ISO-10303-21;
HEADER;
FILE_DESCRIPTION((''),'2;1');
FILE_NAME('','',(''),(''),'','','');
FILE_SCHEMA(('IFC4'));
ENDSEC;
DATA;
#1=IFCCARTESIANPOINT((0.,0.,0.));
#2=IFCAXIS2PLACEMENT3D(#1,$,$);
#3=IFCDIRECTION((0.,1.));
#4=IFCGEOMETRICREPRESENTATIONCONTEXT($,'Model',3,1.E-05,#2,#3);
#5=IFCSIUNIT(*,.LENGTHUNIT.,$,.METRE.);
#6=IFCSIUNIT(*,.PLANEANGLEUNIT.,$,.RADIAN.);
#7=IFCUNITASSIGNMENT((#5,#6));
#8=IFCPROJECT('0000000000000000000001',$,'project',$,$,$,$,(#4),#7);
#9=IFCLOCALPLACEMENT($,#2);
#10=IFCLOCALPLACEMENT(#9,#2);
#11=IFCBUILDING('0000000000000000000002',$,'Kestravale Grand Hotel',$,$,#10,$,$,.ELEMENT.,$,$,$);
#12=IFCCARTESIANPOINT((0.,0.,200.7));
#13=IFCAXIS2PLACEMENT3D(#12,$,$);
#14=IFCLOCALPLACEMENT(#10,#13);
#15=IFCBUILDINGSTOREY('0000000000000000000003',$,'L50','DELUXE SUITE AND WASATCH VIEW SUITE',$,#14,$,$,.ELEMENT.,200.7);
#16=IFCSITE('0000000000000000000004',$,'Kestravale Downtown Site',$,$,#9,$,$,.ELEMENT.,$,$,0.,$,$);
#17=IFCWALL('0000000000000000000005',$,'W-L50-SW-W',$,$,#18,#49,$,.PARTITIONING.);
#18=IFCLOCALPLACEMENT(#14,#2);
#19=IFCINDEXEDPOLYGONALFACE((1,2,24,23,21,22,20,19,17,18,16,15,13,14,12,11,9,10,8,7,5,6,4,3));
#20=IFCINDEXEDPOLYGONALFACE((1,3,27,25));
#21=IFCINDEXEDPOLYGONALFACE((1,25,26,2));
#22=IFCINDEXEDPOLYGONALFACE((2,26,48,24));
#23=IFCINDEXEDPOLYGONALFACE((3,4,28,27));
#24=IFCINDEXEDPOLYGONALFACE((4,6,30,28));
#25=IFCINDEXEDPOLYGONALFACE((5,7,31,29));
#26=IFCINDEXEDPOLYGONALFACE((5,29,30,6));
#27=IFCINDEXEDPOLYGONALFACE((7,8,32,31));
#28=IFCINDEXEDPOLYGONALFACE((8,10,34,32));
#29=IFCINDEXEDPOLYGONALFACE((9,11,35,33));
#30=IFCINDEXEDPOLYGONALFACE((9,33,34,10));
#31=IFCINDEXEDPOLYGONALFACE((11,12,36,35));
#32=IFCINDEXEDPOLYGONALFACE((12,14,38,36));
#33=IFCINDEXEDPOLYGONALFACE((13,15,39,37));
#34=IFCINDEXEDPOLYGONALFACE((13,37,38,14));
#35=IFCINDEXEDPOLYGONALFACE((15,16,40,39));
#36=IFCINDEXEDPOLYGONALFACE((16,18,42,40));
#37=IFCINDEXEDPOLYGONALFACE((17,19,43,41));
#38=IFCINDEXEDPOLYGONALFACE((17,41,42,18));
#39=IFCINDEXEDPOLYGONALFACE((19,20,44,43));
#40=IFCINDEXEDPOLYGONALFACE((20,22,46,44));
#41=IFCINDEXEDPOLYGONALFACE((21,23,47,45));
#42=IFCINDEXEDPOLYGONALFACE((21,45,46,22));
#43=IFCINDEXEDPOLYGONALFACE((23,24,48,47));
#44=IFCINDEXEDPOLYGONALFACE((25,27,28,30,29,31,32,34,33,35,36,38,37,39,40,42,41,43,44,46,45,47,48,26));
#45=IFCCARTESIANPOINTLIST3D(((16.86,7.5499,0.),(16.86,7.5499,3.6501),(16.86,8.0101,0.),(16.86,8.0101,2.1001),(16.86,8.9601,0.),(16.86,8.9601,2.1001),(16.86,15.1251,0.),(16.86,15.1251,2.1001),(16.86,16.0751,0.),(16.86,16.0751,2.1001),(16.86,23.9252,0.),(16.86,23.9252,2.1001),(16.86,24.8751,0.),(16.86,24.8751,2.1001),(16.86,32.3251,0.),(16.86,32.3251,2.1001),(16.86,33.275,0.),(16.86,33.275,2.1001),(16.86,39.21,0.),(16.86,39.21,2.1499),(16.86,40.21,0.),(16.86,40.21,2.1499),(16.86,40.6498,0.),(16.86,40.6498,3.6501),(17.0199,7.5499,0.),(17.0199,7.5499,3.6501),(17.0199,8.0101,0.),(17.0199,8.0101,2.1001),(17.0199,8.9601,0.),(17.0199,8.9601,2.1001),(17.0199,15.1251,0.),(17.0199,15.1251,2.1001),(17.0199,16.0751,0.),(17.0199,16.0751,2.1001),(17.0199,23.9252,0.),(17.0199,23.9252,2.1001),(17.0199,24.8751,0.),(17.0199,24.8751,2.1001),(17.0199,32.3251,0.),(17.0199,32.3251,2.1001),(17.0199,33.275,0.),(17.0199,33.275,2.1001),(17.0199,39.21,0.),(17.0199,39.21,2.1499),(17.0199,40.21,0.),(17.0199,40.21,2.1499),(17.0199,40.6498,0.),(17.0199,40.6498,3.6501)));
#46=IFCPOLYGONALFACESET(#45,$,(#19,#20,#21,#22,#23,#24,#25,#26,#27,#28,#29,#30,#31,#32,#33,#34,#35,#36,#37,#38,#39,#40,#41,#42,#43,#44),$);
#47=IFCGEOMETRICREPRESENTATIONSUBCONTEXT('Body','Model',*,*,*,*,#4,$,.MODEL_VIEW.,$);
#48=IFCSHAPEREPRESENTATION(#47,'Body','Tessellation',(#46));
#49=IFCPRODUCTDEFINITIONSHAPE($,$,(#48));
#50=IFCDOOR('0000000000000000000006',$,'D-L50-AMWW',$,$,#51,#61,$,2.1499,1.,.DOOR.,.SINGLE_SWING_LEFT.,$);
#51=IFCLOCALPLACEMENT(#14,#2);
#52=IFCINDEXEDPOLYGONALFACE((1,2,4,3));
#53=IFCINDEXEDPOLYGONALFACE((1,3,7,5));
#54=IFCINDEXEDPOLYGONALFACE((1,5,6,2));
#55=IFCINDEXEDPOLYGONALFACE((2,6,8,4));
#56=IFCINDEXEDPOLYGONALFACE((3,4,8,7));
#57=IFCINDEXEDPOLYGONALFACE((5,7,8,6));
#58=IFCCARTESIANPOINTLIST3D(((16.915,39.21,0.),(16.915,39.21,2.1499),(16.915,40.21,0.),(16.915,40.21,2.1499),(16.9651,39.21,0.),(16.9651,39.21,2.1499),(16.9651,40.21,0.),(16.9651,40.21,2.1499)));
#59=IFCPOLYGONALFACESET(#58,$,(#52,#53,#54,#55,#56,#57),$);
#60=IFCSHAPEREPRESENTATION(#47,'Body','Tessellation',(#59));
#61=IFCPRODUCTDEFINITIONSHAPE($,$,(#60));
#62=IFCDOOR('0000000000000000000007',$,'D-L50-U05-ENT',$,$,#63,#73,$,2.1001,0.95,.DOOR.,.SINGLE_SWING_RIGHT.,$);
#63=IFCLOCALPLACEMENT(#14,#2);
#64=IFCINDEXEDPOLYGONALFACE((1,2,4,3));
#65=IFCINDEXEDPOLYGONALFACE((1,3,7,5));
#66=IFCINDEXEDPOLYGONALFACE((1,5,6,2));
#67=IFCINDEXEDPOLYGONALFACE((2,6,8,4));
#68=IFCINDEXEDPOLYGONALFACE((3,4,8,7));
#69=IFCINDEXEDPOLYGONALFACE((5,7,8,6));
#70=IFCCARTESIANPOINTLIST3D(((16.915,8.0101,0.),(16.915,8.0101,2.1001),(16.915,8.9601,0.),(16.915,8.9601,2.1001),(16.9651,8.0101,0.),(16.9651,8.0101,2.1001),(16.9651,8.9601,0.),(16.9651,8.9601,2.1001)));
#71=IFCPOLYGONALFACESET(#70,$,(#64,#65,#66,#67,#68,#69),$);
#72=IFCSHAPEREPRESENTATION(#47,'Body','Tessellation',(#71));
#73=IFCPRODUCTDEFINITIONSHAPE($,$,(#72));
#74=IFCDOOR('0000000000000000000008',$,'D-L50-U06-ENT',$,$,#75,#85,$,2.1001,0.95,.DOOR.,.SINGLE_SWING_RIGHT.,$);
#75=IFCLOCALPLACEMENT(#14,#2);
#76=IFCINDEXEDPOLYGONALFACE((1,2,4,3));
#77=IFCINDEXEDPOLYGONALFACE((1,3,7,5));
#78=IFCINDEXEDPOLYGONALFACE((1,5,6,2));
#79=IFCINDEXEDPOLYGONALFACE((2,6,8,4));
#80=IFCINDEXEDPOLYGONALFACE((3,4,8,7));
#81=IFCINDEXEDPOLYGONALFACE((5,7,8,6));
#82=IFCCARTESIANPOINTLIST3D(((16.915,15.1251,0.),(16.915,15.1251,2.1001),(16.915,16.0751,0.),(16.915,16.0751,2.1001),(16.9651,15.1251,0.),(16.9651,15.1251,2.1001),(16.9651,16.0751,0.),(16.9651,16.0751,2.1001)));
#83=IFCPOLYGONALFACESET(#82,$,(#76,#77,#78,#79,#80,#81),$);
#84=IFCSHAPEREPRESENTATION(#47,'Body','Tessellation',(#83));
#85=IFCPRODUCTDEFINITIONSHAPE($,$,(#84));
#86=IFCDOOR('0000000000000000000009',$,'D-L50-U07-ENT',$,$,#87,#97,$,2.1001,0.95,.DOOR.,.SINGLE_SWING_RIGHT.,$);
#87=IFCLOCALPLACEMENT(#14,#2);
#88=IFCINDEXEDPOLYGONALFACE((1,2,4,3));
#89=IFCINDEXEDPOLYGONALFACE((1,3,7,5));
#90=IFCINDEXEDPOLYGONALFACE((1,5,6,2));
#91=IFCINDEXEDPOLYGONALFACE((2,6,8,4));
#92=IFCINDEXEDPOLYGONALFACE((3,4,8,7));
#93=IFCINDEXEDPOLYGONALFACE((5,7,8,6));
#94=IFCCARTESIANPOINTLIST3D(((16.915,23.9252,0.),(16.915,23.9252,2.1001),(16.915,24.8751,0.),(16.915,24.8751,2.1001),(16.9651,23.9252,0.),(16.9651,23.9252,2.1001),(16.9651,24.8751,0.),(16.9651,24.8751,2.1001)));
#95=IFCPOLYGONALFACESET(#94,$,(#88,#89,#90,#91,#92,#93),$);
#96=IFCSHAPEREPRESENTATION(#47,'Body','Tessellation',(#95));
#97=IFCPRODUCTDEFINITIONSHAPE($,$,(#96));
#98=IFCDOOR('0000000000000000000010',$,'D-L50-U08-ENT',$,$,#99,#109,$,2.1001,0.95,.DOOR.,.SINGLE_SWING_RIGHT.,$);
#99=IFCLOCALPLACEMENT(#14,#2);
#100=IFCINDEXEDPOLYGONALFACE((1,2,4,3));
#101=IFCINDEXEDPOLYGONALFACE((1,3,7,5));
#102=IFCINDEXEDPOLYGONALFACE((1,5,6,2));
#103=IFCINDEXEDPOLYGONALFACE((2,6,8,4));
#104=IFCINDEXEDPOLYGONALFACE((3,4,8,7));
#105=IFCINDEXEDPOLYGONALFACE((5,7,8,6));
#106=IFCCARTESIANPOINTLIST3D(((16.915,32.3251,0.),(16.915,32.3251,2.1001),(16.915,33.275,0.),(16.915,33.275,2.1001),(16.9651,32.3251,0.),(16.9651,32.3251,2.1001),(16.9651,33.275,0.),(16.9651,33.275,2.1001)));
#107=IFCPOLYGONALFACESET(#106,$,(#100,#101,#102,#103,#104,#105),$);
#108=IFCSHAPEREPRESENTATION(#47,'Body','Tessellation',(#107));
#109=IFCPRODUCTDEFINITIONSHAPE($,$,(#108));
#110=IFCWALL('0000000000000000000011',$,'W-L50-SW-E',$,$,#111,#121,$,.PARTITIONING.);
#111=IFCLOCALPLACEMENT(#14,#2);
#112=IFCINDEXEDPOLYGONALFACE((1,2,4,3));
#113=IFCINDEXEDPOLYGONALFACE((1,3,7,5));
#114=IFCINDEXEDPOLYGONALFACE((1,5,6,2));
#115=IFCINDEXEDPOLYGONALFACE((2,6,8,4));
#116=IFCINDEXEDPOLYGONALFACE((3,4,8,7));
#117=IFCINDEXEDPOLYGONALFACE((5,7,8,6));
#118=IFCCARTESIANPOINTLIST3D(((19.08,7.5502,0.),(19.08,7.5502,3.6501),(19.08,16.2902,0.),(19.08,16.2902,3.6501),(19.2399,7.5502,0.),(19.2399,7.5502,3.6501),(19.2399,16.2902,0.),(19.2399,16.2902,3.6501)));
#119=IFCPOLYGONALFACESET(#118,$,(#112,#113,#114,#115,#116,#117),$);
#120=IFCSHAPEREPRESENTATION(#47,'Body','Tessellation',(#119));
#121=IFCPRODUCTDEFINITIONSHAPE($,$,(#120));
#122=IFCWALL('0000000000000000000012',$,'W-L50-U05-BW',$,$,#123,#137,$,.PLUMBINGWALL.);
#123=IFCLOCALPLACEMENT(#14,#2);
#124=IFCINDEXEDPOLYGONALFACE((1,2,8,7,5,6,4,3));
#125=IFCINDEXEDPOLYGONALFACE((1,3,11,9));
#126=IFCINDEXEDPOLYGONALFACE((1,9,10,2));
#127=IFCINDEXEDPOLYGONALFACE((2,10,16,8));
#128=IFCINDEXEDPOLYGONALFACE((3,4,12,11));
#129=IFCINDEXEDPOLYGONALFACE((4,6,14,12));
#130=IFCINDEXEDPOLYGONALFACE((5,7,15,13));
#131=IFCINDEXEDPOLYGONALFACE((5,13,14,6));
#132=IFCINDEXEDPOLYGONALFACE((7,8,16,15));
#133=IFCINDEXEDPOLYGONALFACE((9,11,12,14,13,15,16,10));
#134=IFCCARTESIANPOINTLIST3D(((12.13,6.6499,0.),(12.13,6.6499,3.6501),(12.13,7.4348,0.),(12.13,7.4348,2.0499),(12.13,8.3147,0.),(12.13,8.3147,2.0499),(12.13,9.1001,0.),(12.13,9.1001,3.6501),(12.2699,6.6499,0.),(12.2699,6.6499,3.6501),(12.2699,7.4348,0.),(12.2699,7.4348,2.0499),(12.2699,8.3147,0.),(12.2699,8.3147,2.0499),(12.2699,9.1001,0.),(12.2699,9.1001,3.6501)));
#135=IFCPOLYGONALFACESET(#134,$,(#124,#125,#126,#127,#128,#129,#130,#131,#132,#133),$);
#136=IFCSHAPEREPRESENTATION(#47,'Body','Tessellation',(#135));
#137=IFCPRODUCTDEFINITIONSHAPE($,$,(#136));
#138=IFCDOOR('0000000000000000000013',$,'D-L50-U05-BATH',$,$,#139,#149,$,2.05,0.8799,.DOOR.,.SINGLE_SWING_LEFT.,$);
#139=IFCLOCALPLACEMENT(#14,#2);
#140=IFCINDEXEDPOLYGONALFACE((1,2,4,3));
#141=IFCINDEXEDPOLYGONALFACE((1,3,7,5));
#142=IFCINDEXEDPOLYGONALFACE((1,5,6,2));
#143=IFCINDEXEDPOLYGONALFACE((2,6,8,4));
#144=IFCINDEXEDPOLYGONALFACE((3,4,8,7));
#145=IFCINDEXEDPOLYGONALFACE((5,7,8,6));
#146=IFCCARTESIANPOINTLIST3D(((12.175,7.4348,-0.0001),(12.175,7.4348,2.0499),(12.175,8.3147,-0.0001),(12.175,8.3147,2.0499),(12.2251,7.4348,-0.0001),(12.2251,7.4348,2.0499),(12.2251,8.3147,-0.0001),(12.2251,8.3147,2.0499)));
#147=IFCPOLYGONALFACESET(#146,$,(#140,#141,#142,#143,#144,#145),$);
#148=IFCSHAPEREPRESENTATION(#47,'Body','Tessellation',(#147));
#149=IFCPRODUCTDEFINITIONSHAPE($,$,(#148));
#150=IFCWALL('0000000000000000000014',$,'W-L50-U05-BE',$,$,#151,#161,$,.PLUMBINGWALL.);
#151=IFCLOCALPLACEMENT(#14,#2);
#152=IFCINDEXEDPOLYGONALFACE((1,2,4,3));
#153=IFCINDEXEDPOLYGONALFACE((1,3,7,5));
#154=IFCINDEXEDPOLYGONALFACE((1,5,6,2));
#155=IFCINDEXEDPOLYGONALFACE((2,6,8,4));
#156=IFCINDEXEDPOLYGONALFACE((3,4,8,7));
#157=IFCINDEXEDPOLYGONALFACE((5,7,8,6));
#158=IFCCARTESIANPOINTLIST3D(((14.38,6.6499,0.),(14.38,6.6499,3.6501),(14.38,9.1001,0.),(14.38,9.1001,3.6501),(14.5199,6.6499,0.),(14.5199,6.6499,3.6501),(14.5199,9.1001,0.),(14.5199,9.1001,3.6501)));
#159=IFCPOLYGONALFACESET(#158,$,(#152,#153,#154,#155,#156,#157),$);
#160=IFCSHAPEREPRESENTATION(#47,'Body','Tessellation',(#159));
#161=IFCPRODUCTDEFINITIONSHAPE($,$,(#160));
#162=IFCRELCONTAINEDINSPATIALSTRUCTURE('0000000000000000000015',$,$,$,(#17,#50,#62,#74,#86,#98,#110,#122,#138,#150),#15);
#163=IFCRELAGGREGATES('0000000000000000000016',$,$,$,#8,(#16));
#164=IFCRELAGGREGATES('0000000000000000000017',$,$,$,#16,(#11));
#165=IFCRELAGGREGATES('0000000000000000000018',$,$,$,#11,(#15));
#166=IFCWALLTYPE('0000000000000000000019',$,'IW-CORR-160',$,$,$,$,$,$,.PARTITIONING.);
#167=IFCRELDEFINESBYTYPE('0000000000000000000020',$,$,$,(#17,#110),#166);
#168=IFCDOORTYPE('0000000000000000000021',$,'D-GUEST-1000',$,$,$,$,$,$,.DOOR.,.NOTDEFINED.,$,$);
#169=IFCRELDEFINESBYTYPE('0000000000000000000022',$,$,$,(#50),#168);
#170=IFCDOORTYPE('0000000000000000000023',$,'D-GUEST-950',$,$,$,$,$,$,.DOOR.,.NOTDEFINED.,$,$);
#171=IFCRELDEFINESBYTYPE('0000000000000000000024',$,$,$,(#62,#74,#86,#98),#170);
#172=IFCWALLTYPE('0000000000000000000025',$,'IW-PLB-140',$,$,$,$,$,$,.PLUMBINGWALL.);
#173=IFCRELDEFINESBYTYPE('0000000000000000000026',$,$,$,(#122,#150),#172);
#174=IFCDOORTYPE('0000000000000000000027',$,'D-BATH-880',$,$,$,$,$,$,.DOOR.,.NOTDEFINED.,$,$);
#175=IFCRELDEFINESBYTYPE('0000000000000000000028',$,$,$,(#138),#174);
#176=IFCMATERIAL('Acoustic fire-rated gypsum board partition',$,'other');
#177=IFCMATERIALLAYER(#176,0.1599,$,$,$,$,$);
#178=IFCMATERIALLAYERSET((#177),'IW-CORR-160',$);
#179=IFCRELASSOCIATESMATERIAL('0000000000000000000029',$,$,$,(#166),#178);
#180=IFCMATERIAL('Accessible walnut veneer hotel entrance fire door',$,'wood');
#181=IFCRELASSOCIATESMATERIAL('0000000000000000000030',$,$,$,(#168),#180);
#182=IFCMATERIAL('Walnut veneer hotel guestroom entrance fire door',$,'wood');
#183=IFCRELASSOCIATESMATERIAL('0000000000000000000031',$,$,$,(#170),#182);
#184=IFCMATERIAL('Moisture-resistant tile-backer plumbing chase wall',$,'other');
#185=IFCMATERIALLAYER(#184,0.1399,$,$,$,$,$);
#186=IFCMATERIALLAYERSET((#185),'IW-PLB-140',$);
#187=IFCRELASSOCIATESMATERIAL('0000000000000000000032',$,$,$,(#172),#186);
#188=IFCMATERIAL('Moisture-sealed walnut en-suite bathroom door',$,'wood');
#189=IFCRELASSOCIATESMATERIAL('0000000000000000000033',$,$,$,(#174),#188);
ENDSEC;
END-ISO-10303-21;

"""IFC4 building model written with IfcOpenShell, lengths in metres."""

from ifc_helpers import new_model, si_unit, direction, frame, frame_2d, origin, place, context, subcontext, project, spatial, rectangle, extrude, material, layer, layer_set, type_object, element, fill, save


model = new_model("IFC4")

# Units and contexts
model_context = context("Model", 3, precision=1e-05, world=origin(), true_north=direction((0.0, 1.0)))
body_context = subcontext(model_context, "Body", "Model", "MODEL_VIEW")
ifc_project = project(units=[si_unit("LENGTHUNIT", "METRE"), si_unit("PLANEANGLEUNIT", "RADIAN")], contexts=[model_context])

# Site, building, storey
site_placement = place(None, origin())
site = spatial("IfcSite", under=ifc_project, at=site_placement, Name="Kestravale Downtown Site", CompositionType="ELEMENT", RefElevation=0.0)
building_placement = place(site_placement, origin())
building = spatial("IfcBuilding", under=site, at=building_placement, Name="Kestravale Grand Hotel", CompositionType="ELEMENT")
storey_placement = place(building_placement, frame((0.0, 0.0, 200.7)))
storey = spatial("IfcBuildingStorey", under=building, at=storey_placement, Name="L50", Description="DELUXE SUITE AND WASATCH VIEW SUITE", CompositionType="ELEMENT", Elevation=200.7)

# Wall, openings, doors
ifc_material_1 = material(Name="Acoustic fire-rated gypsum board partition", Category="other")
ifc_layer_1 = layer(ifc_material_1, 0.1599)
ifc_layer_set_1 = layer_set([ifc_layer_1], Name="IW-CORR-160")
wall_type_1 = type_object("IfcWallType", Name="IW-CORR-160", PredefinedType="PARTITIONING", material=ifc_layer_set_1)
wall_1_placement = place(storey_placement, frame((16.9399, 7.55, 0.0), z_axis=(0.0, 0.0, 1.0), x_axis=(0.0, 1.0, 0.0)))
wall_1 = element("IfcWall", 1, at=wall_1_placement, inside=storey, type_object=wall_type_1, Name="W-L50-SW-W", PredefinedType="PARTITIONING", context=body_context, shape_type="SweptSolid", body=[
    extrude(rectangle(XDim=33.0999, YDim=0.1599, at=frame_2d((16.5498, 0.0))), origin(), (0.0, 0.0, 1.0), 3.6501),
])
opening_1_placement = place(wall_1_placement, frame((0.46, 0.0, 0.0)))
opening_1 = element("IfcOpeningElement", 2, at=opening_1_placement, cuts=wall_1, PredefinedType="OPENING", context=body_context, shape_type="SweptSolid", body=[
    extrude(rectangle(XDim=0.95, YDim=2.1001, at=frame_2d((0.4751, 1.05))), frame((0.0, 0.0898, 0.0), z_axis=(0.0, -1.0, 0.0), x_axis=(1.0, 0.0, 0.0)), (0.0, 0.0, 1.0), 0.1799),
])
opening_2_placement = place(wall_1_placement, frame((7.575, 0.0, 0.0)))
opening_2 = element("IfcOpeningElement", 3, at=opening_2_placement, cuts=wall_1, PredefinedType="OPENING", context=body_context, shape_type="SweptSolid", body=[
    extrude(rectangle(XDim=0.95, YDim=2.1001, at=frame_2d((0.4751, 1.05))), frame((0.0, 0.0898, 0.0), z_axis=(0.0, -1.0, 0.0), x_axis=(1.0, 0.0, 0.0)), (0.0, 0.0, 1.0), 0.1799),
])
opening_3_placement = place(wall_1_placement, frame((16.375, 0.0, 0.0)))
opening_3 = element("IfcOpeningElement", 4, at=opening_3_placement, cuts=wall_1, PredefinedType="OPENING", context=body_context, shape_type="SweptSolid", body=[
    extrude(rectangle(XDim=0.95, YDim=2.1001, at=frame_2d((0.4751, 1.05))), frame((0.0, 0.0898, 0.0), z_axis=(0.0, -1.0, 0.0), x_axis=(1.0, 0.0, 0.0)), (0.0, 0.0, 1.0), 0.1799),
])
opening_4_placement = place(wall_1_placement, frame((24.7749, 0.0, 0.0)))
opening_4 = element("IfcOpeningElement", 5, at=opening_4_placement, cuts=wall_1, PredefinedType="OPENING", context=body_context, shape_type="SweptSolid", body=[
    extrude(rectangle(XDim=0.95, YDim=2.1001, at=frame_2d((0.4751, 1.05))), frame((0.0, 0.0898, 0.0), z_axis=(0.0, -1.0, 0.0), x_axis=(1.0, 0.0, 0.0)), (0.0, 0.0, 1.0), 0.1799),
])
opening_5_placement = place(wall_1_placement, frame((31.6599, 0.0, 0.0)))
opening_5 = element("IfcOpeningElement", 6, at=opening_5_placement, cuts=wall_1, PredefinedType="OPENING", context=body_context, shape_type="SweptSolid", body=[
    extrude(rectangle(XDim=1.0, YDim=2.1499, at=frame_2d((0.5, 1.075))), frame((0.0, 0.0898, 0.0), z_axis=(0.0, -1.0, 0.0), x_axis=(1.0, 0.0, 0.0)), (0.0, 0.0, 1.0), 0.1799),
])
ifc_material_2 = material(Name="Accessible walnut veneer hotel entrance fire door", Category="wood")
door_type_1 = type_object("IfcDoorType", Name="D-GUEST-1000", OperationType="NOTDEFINED", PredefinedType="DOOR", material=ifc_material_2)
door_1_placement = place(opening_5_placement, origin())
door_1 = element("IfcDoor", 7, at=door_1_placement, inside=storey, type_object=door_type_1, Name="D-L50-AMWW", OperationType="SINGLE_SWING_LEFT", OverallHeight=2.1499, OverallWidth=1.0, PredefinedType="DOOR", context=body_context, shape_type="SweptSolid", body=[
    extrude(rectangle(XDim=1.0, YDim=2.1499, at=frame_2d((0.5, 1.075))), frame((0.0, 0.0249, 0.0), z_axis=(0.0, -1.0, 0.0), x_axis=(1.0, 0.0, 0.0)), (0.0, 0.0, 1.0), 0.05),
])
fill(opening_5, door_1)
ifc_material_3 = material(Name="Walnut veneer hotel guestroom entrance fire door", Category="wood")
door_type_2 = type_object("IfcDoorType", Name="D-GUEST-950", OperationType="NOTDEFINED", PredefinedType="DOOR", material=ifc_material_3)
door_2_placement = place(opening_1_placement, origin())
door_2 = element("IfcDoor", 8, at=door_2_placement, inside=storey, type_object=door_type_2, Name="D-L50-U05-ENT", OperationType="SINGLE_SWING_RIGHT", OverallHeight=2.1001, OverallWidth=0.95, PredefinedType="DOOR", context=body_context, shape_type="SweptSolid", body=[
    extrude(rectangle(XDim=0.95, YDim=2.1001, at=frame_2d((0.4751, 1.05))), frame((0.0, 0.0249, 0.0), z_axis=(0.0, -1.0, 0.0), x_axis=(1.0, 0.0, 0.0)), (0.0, 0.0, 1.0), 0.05),
])
fill(opening_1, door_2)
door_3_placement = place(opening_2_placement, origin())
door_3 = element("IfcDoor", 9, at=door_3_placement, inside=storey, type_object=door_type_2, Name="D-L50-U06-ENT", OperationType="SINGLE_SWING_RIGHT", OverallHeight=2.1001, OverallWidth=0.95, PredefinedType="DOOR", context=body_context, shape_type="SweptSolid", body=[
    extrude(rectangle(XDim=0.95, YDim=2.1001, at=frame_2d((0.4751, 1.05))), frame((0.0, 0.0249, 0.0), z_axis=(0.0, -1.0, 0.0), x_axis=(1.0, 0.0, 0.0)), (0.0, 0.0, 1.0), 0.05),
])
fill(opening_2, door_3)
door_4_placement = place(opening_3_placement, origin())
door_4 = element("IfcDoor", 10, at=door_4_placement, inside=storey, type_object=door_type_2, Name="D-L50-U07-ENT", OperationType="SINGLE_SWING_RIGHT", OverallHeight=2.1001, OverallWidth=0.95, PredefinedType="DOOR", context=body_context, shape_type="SweptSolid", body=[
    extrude(rectangle(XDim=0.95, YDim=2.1001, at=frame_2d((0.4751, 1.05))), frame((0.0, 0.0249, 0.0), z_axis=(0.0, -1.0, 0.0), x_axis=(1.0, 0.0, 0.0)), (0.0, 0.0, 1.0), 0.05),
])
fill(opening_3, door_4)
door_5_placement = place(opening_4_placement, origin())
door_5 = element("IfcDoor", 11, at=door_5_placement, inside=storey, type_object=door_type_2, Name="D-L50-U08-ENT", OperationType="SINGLE_SWING_RIGHT", OverallHeight=2.1001, OverallWidth=0.95, PredefinedType="DOOR", context=body_context, shape_type="SweptSolid", body=[
    extrude(rectangle(XDim=0.95, YDim=2.1001, at=frame_2d((0.4751, 1.05))), frame((0.0, 0.0249, 0.0), z_axis=(0.0, -1.0, 0.0), x_axis=(1.0, 0.0, 0.0)), (0.0, 0.0, 1.0), 0.05),
])
fill(opening_4, door_5)

# Wall
wall_2_placement = place(storey_placement, frame((19.1599, 7.55, 0.0), z_axis=(0.0, 0.0, 1.0), x_axis=(0.0, 1.0, 0.0)))
element("IfcWall", 12, at=wall_2_placement, inside=storey, type_object=wall_type_1, Name="W-L50-SW-E", PredefinedType="PARTITIONING", context=body_context, shape_type="SweptSolid", body=[
    extrude(rectangle(XDim=8.74, YDim=0.1599, at=frame_2d((4.3701, 0.0))), origin(), (0.0, 0.0, 1.0), 3.6501),
])

# Wall, opening, door
ifc_material_4 = material(Name="Moisture-resistant tile-backer plumbing chase wall", Category="other")
ifc_layer_2 = layer(ifc_material_4, 0.1399)
ifc_layer_set_2 = layer_set([ifc_layer_2], Name="IW-PLB-140")
wall_type_2 = type_object("IfcWallType", Name="IW-PLB-140", PredefinedType="PLUMBINGWALL", material=ifc_layer_set_2)
wall_3_placement = place(storey_placement, frame((12.2, 6.6499, 0.0), z_axis=(0.0, 0.0, 1.0), x_axis=(0.0, 1.0, 0.0)))
wall_3 = element("IfcWall", 13, at=wall_3_placement, inside=storey, type_object=wall_type_2, Name="W-L50-U05-BW", PredefinedType="PLUMBINGWALL", context=body_context, shape_type="SweptSolid", body=[
    extrude(rectangle(XDim=2.4502, YDim=0.1399, at=frame_2d((1.2251, 0.0))), origin(), (0.0, 0.0, 1.0), 3.6501),
])
opening_6_placement = place(wall_3_placement, frame((0.7849, 0.0, 0.0)))
opening_6 = element("IfcOpeningElement", 14, at=opening_6_placement, cuts=wall_3, PredefinedType="OPENING", context=body_context, shape_type="SweptSolid", body=[
    extrude(rectangle(XDim=0.8799, YDim=2.05, at=frame_2d((0.4399, 1.0249))), frame((0.0, 0.0798, 0.0), z_axis=(0.0, -1.0, 0.0), x_axis=(1.0, 0.0, 0.0)), (0.0, 0.0, 1.0), 0.1599),
])
ifc_material_5 = material(Name="Moisture-sealed walnut en-suite bathroom door", Category="wood")
door_type_3 = type_object("IfcDoorType", Name="D-BATH-880", OperationType="NOTDEFINED", PredefinedType="DOOR", material=ifc_material_5)
door_6_placement = place(opening_6_placement, origin())
door_6 = element("IfcDoor", 15, at=door_6_placement, inside=storey, type_object=door_type_3, Name="D-L50-U05-BATH", OperationType="SINGLE_SWING_LEFT", OverallHeight=2.05, OverallWidth=0.8799, PredefinedType="DOOR", context=body_context, shape_type="SweptSolid", body=[
    extrude(rectangle(XDim=0.8799, YDim=2.05, at=frame_2d((0.4399, 1.0249))), frame((0.0, 0.0249, 0.0), z_axis=(0.0, -1.0, 0.0), x_axis=(1.0, 0.0, 0.0)), (0.0, 0.0, 1.0), 0.05),
])
fill(opening_6, door_6)

# Wall
wall_4_placement = place(storey_placement, frame((14.45, 6.6499, 0.0), z_axis=(0.0, 0.0, 1.0), x_axis=(0.0, 1.0, 0.0)))
element("IfcWall", 16, at=wall_4_placement, inside=storey, type_object=wall_type_2, Name="W-L50-U05-BE", PredefinedType="PLUMBINGWALL", context=body_context, shape_type="SweptSolid", body=[
    extrude(rectangle(XDim=2.4502, YDim=0.1399, at=frame_2d((1.2251, 0.0))), origin(), (0.0, 0.0, 1.0), 3.6501),
])

save(model, "model.ifc")
